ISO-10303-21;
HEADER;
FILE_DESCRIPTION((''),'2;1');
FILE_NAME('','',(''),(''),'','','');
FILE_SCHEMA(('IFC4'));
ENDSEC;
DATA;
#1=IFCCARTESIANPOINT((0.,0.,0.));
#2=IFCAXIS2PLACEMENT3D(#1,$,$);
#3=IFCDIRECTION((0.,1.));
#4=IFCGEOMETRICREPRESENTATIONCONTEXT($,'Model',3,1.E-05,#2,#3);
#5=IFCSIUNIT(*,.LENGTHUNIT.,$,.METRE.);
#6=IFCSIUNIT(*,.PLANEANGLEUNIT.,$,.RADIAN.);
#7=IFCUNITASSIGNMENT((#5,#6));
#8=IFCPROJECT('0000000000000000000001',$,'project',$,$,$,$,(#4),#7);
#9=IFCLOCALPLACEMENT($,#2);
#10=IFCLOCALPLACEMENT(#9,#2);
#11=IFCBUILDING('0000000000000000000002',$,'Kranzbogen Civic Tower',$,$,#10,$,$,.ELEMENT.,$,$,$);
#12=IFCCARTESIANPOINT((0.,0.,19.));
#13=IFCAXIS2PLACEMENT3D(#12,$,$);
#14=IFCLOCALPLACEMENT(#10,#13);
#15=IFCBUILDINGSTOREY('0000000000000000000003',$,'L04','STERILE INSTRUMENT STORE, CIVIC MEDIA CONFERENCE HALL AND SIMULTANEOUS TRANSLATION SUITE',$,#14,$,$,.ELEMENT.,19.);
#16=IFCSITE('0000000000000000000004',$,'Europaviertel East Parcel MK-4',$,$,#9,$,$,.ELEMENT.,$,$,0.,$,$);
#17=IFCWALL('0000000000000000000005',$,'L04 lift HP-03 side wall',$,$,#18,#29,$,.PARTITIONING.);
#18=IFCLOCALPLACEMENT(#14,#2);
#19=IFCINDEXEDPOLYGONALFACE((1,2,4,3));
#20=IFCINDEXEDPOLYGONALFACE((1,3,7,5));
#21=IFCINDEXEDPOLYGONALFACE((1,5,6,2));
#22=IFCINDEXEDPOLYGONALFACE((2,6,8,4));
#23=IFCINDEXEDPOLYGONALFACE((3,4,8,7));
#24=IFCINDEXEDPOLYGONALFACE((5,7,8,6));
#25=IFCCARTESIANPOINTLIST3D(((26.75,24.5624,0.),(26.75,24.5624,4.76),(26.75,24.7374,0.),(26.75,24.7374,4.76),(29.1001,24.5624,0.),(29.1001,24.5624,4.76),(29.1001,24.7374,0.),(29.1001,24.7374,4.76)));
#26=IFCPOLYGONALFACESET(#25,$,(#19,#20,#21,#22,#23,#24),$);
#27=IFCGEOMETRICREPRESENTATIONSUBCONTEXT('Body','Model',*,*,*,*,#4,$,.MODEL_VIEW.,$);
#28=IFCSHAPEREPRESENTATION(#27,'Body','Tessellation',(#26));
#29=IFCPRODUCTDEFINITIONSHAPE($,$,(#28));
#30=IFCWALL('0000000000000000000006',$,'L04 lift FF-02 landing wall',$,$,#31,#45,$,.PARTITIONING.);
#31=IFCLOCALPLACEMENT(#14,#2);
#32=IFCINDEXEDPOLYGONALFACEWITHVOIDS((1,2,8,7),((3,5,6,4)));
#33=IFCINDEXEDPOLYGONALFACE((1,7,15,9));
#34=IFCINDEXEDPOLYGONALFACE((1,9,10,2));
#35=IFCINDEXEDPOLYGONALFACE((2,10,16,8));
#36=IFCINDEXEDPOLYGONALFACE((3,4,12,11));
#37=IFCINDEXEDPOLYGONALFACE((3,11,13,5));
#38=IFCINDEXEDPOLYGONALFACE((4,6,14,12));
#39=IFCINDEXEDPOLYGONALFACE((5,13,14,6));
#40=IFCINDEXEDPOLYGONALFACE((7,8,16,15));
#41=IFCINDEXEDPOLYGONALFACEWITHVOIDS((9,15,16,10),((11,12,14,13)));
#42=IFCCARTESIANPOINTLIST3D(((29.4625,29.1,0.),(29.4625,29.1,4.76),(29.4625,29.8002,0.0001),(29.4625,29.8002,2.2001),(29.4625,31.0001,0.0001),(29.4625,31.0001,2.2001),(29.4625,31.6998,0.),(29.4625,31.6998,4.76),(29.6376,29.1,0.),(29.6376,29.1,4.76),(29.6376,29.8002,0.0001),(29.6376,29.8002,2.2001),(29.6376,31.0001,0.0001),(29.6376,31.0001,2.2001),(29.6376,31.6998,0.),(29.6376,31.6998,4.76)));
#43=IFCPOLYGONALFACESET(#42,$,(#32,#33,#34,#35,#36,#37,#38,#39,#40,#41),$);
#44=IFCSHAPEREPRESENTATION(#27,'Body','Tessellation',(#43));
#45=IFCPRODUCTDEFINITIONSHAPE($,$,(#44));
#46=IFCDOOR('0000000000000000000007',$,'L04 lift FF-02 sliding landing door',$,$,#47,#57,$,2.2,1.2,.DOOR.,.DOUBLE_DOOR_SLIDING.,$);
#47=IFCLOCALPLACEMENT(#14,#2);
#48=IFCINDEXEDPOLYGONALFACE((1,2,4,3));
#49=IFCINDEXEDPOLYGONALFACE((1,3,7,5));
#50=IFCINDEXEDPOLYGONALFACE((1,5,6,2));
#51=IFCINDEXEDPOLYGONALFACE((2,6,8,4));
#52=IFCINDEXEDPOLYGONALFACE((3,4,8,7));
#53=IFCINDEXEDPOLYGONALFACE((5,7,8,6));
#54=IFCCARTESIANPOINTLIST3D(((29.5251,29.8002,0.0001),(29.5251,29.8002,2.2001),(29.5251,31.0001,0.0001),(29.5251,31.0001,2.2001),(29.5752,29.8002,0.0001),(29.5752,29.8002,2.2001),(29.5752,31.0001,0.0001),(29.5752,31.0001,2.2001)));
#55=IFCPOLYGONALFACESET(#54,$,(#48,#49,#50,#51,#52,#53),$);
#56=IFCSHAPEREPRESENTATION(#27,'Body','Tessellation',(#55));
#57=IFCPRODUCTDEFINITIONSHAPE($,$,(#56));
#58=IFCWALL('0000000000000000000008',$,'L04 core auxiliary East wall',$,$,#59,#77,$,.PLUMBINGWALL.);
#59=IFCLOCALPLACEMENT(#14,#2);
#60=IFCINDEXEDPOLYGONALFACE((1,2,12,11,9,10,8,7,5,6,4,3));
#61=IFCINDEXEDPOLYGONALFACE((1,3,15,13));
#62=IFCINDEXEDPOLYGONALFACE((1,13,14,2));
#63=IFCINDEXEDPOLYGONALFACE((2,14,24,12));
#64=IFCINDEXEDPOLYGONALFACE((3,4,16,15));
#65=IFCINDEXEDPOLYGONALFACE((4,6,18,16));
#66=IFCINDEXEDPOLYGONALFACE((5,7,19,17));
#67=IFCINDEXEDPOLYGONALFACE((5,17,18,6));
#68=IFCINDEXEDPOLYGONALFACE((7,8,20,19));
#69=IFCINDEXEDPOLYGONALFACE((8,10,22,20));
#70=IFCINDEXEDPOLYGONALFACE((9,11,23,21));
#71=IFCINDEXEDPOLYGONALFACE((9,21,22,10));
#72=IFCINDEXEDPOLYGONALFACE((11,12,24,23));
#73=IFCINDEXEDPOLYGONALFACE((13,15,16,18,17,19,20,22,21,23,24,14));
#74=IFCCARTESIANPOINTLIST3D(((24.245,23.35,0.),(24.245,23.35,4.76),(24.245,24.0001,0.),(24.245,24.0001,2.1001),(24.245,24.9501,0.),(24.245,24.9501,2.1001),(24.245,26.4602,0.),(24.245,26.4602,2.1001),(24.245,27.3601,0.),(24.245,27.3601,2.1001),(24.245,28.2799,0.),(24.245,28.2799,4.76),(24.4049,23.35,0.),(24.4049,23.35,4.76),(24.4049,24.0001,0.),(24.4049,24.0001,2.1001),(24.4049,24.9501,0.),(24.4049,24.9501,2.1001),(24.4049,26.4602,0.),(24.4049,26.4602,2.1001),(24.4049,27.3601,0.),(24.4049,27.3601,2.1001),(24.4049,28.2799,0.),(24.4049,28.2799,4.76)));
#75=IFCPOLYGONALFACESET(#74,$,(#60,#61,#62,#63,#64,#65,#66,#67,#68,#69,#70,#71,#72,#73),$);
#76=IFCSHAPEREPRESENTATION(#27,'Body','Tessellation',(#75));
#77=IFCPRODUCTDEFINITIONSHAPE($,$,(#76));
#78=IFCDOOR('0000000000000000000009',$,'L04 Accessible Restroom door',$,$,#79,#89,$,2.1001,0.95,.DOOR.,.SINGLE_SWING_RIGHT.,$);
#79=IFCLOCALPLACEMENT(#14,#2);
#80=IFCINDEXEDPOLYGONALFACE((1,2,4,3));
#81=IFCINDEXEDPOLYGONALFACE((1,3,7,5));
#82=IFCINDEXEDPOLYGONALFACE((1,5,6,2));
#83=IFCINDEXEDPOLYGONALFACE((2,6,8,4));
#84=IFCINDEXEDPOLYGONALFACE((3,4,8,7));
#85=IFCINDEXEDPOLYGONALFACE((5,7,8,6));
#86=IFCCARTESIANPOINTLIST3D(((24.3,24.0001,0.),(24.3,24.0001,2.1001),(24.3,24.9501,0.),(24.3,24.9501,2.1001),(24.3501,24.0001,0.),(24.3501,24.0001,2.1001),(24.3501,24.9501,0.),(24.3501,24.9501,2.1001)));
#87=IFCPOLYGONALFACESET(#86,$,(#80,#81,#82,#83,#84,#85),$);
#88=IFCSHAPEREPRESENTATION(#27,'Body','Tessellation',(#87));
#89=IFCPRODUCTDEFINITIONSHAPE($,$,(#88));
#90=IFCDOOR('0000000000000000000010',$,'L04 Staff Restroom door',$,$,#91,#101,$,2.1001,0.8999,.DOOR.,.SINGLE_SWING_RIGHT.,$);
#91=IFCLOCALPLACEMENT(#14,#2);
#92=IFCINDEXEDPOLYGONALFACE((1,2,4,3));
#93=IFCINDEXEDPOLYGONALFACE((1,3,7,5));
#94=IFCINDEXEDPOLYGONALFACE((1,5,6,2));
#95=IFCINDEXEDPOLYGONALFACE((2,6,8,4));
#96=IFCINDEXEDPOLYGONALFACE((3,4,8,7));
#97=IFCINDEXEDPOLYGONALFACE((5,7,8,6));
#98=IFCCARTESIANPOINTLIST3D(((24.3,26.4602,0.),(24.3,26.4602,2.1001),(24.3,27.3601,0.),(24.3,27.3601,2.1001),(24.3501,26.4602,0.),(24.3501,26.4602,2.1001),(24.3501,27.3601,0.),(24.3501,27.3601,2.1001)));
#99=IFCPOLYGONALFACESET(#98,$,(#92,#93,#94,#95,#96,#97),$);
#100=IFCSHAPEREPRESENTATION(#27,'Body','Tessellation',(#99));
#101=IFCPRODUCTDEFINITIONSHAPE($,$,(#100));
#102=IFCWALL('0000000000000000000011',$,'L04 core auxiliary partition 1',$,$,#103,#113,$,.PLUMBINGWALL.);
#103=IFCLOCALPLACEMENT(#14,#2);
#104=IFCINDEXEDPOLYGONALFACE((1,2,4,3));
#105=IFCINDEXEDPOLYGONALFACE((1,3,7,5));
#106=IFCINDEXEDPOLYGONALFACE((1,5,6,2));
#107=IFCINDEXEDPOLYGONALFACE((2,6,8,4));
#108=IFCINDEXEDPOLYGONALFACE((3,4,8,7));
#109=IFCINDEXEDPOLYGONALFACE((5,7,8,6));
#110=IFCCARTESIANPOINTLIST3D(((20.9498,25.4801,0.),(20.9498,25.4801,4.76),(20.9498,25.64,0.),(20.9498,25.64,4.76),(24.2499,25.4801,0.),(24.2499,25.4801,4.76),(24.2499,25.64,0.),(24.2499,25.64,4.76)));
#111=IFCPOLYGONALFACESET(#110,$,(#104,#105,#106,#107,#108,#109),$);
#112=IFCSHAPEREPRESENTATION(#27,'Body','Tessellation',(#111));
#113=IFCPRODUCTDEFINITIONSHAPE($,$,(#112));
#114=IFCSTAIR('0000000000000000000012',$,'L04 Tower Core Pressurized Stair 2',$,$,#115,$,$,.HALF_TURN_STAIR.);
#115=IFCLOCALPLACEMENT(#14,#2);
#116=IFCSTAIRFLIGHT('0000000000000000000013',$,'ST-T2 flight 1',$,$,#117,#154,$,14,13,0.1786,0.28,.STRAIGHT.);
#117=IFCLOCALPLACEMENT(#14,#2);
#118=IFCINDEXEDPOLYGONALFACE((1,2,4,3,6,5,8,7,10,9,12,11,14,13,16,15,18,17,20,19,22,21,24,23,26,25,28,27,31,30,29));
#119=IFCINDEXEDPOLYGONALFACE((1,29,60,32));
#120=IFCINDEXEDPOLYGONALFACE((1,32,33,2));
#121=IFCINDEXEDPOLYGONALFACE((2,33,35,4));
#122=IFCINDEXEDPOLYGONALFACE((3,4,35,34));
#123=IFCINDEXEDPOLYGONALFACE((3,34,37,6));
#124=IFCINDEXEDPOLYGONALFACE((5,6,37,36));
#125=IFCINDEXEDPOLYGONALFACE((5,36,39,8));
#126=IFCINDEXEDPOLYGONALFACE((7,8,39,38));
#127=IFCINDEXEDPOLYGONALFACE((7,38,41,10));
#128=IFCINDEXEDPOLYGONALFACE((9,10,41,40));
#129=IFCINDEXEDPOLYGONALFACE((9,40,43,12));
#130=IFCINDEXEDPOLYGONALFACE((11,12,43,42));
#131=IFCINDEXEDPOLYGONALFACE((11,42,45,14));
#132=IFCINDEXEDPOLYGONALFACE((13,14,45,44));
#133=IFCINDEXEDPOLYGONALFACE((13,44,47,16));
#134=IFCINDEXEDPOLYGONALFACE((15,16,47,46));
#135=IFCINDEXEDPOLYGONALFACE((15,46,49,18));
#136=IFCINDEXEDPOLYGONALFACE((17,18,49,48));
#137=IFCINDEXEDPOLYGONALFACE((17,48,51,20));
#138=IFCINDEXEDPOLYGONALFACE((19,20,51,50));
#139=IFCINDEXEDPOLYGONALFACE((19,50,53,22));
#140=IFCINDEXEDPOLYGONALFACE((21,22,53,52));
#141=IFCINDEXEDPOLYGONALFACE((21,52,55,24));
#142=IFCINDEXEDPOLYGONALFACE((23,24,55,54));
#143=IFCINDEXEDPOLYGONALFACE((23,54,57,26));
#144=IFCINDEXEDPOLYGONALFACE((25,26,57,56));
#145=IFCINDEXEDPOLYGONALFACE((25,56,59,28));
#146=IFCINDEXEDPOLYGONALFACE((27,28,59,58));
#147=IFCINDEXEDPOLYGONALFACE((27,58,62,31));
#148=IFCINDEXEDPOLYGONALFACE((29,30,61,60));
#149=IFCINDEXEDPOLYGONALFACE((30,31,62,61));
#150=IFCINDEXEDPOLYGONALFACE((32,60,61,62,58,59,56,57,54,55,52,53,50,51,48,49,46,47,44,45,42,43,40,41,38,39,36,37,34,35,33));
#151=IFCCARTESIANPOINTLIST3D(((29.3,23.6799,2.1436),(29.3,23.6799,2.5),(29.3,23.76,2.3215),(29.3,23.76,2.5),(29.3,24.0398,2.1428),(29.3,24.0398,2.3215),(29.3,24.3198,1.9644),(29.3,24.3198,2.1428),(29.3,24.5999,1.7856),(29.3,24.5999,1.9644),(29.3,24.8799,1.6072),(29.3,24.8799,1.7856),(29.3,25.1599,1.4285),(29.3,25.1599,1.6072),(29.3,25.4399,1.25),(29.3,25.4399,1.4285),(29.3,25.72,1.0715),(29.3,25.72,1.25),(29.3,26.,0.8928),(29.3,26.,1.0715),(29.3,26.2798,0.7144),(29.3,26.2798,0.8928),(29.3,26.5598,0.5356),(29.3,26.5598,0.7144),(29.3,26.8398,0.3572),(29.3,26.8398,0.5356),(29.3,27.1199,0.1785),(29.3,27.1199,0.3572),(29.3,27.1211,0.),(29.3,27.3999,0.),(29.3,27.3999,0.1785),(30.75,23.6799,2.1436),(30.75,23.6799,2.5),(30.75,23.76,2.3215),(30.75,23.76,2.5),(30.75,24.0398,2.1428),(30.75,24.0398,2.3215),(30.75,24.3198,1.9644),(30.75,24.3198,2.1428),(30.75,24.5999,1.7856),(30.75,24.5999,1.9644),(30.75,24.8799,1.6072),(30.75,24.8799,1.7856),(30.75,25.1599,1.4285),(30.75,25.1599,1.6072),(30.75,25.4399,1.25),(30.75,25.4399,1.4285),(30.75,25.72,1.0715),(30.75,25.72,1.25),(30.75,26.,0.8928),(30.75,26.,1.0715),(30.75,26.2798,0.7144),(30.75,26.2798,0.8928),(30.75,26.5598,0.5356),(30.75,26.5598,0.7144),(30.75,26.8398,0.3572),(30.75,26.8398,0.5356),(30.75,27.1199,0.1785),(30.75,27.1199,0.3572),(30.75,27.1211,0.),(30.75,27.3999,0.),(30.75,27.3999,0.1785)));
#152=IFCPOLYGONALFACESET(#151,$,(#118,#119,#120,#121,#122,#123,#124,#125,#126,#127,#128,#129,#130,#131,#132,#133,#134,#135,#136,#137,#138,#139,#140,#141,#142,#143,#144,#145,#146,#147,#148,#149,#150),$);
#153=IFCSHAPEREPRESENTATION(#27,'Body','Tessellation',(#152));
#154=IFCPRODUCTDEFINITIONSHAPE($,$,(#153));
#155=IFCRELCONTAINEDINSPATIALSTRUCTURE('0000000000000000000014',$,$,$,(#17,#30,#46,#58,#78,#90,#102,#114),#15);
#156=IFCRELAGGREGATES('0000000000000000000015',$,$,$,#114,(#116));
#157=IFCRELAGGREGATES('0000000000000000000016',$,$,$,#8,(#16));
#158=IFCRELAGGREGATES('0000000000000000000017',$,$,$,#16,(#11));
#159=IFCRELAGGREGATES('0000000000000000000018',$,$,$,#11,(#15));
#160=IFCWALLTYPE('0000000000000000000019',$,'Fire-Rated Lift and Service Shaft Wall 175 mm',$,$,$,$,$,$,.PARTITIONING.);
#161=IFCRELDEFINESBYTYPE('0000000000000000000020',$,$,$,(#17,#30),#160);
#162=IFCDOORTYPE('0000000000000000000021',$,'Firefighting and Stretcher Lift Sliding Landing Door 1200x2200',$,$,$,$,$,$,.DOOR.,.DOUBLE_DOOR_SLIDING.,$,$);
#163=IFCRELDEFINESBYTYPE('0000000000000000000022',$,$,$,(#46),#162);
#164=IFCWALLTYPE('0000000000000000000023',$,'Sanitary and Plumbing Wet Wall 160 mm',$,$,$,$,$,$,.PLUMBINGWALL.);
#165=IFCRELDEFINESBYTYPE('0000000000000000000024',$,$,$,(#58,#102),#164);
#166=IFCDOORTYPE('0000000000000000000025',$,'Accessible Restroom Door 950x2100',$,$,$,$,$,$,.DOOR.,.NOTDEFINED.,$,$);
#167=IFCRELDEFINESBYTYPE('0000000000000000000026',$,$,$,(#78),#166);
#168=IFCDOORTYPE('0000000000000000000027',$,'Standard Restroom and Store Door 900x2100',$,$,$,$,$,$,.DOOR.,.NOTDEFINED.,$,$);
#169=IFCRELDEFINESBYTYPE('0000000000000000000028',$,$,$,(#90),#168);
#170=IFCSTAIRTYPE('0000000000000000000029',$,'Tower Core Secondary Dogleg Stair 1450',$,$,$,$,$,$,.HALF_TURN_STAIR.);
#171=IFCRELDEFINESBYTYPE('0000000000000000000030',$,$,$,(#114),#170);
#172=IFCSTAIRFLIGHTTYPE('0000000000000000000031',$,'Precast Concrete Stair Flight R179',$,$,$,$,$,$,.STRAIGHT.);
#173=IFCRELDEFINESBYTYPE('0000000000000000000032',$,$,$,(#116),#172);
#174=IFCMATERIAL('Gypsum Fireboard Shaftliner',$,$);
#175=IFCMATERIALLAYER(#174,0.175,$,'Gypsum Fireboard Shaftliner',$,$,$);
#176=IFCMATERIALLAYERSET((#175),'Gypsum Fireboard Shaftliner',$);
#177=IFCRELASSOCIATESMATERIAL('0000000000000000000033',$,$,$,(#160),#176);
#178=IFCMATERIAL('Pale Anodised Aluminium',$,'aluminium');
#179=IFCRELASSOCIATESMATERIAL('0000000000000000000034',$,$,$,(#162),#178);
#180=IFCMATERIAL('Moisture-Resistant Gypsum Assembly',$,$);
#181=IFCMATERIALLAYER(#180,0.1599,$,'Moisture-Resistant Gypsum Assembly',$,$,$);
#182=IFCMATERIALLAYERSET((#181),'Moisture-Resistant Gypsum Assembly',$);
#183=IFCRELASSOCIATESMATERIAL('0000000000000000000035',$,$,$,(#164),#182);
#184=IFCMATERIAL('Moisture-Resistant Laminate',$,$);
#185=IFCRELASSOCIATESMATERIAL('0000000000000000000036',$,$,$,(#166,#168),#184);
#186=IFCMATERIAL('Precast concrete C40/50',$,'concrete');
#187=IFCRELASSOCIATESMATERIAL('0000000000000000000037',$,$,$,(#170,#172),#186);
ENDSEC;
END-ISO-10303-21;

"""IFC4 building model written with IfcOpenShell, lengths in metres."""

from ifc_helpers import new_model, si_unit, direction, frame, frame_2d, origin, place, context, subcontext, project, spatial, polyline, rectangle, outline, extrude, material, layer, layer_set, type_object, element, fill, aggregate, save


model = new_model("IFC4")

# Units and contexts
model_context = context("Model", 3, precision=1e-05, world=origin(), true_north=direction((0.0, 1.0)))
body_context = subcontext(model_context, "Body", "Model", "MODEL_VIEW")
ifc_project = project(units=[si_unit("LENGTHUNIT", "METRE"), si_unit("PLANEANGLEUNIT", "RADIAN")], contexts=[model_context])

# Site, building, storey
site_placement = place(None, origin())
site = spatial("IfcSite", under=ifc_project, at=site_placement, Name="Europaviertel East Parcel MK-4", CompositionType="ELEMENT", RefElevation=0.0)
building_placement = place(site_placement, origin())
building = spatial("IfcBuilding", under=site, at=building_placement, Name="Kranzbogen Civic Tower", CompositionType="ELEMENT")
storey_placement = place(building_placement, frame((0.0, 0.0, 19.0)))
storey = spatial("IfcBuildingStorey", under=building, at=storey_placement, Name="L04", Description="STERILE INSTRUMENT STORE, CIVIC MEDIA CONFERENCE HALL AND SIMULTANEOUS TRANSLATION SUITE", CompositionType="ELEMENT", Elevation=19.0)

# Wall
ifc_material_1 = material(Name="Gypsum Fireboard Shaftliner")
ifc_layer_1 = layer(ifc_material_1, 0.175, Name="Gypsum Fireboard Shaftliner")
ifc_layer_set_1 = layer_set([ifc_layer_1], Name="Gypsum Fireboard Shaftliner")
wall_type_1 = type_object("IfcWallType", Name="Fire-Rated Lift and Service Shaft Wall 175 mm", PredefinedType="PARTITIONING", material=ifc_layer_set_1)
wall_1_placement = place(storey_placement, frame((26.75, 24.6499, 0.0), z_axis=(0.0, 0.0, 1.0), x_axis=(1.0, 0.0, 0.0)))
element("IfcWall", 1, at=wall_1_placement, inside=storey, type_object=wall_type_1, Name="L04 lift HP-03 side wall", PredefinedType="PARTITIONING", context=body_context, shape_type="SweptSolid", body=[
    extrude(rectangle(XDim=2.3501, YDim=0.175, at=frame_2d((1.175, 0.0))), origin(), (0.0, 0.0, 1.0), 4.76),
])

# Wall, opening, door
wall_2_placement = place(storey_placement, frame((29.55, 29.1001, 0.0), z_axis=(0.0, 0.0, 1.0), x_axis=(0.0, 1.0, 0.0)))
wall_2 = element("IfcWall", 2, at=wall_2_placement, inside=storey, type_object=wall_type_1, Name="L04 lift FF-02 landing wall", PredefinedType="PARTITIONING", context=body_context, shape_type="SweptSolid", body=[
    extrude(rectangle(XDim=2.5999, YDim=0.175, at=frame_2d((1.2998, 0.0))), origin(), (0.0, 0.0, 1.0), 4.76),
])
opening_1_placement = place(wall_2_placement, frame((0.7, 0.0, 0.0)))
opening_1 = element("IfcOpeningElement", 3, at=opening_1_placement, cuts=wall_2, PredefinedType="OPENING", context=body_context, shape_type="SweptSolid", body=[
    extrude(rectangle(XDim=1.2, YDim=2.2, at=frame_2d((0.6001, 1.1001))), frame((0.0, 0.0977, 0.0), z_axis=(0.0, -1.0, 0.0), x_axis=(1.0, 0.0, 0.0)), (0.0, 0.0, 1.0), 0.1951),
])
ifc_material_2 = material(Name="Pale Anodised Aluminium", Category="aluminium")
door_type_1 = type_object("IfcDoorType", Name="Firefighting and Stretcher Lift Sliding Landing Door 1200x2200", OperationType="DOUBLE_DOOR_SLIDING", PredefinedType="DOOR", material=ifc_material_2)
door_1_placement = place(opening_1_placement, origin())
door_1 = element("IfcDoor", 4, at=door_1_placement, inside=storey, type_object=door_type_1, Name="L04 lift FF-02 sliding landing door", OperationType="DOUBLE_DOOR_SLIDING", OverallHeight=2.2, OverallWidth=1.2, PredefinedType="DOOR", context=body_context, shape_type="SweptSolid", body=[
    extrude(rectangle(XDim=1.2, YDim=2.2, at=frame_2d((0.6001, 1.1001))), frame((0.0, 0.0249, 0.0), z_axis=(0.0, -1.0, 0.0), x_axis=(1.0, 0.0, 0.0)), (0.0, 0.0, 1.0), 0.05),
])
fill(opening_1, door_1)

# Wall, openings, doors
ifc_material_3 = material(Name="Moisture-Resistant Gypsum Assembly")
ifc_layer_2 = layer(ifc_material_3, 0.1599, Name="Moisture-Resistant Gypsum Assembly")
ifc_layer_set_2 = layer_set([ifc_layer_2], Name="Moisture-Resistant Gypsum Assembly")
wall_type_2 = type_object("IfcWallType", Name="Sanitary and Plumbing Wet Wall 160 mm", PredefinedType="PLUMBINGWALL", material=ifc_layer_set_2)
wall_3_placement = place(storey_placement, frame((24.325, 23.3501, 0.0), z_axis=(0.0, 0.0, 1.0), x_axis=(0.0, 1.0, 0.0)))
wall_3 = element("IfcWall", 5, at=wall_3_placement, inside=storey, type_object=wall_type_2, Name="L04 core auxiliary East wall", PredefinedType="PLUMBINGWALL", context=body_context, shape_type="SweptSolid", body=[
    extrude(rectangle(XDim=4.9299, YDim=0.1599, at=frame_2d((2.4648, 0.0))), origin(), (0.0, 0.0, 1.0), 4.76),
])
opening_2_placement = place(wall_3_placement, frame((0.6499, 0.0, 0.0)))
opening_2 = element("IfcOpeningElement", 6, at=opening_2_placement, cuts=wall_3, PredefinedType="OPENING", context=body_context, shape_type="SweptSolid", body=[
    extrude(rectangle(XDim=0.95, YDim=2.1001, at=frame_2d((0.4751, 1.05))), frame((0.0, 0.0898, 0.0), z_axis=(0.0, -1.0, 0.0), x_axis=(1.0, 0.0, 0.0)), (0.0, 0.0, 1.0), 0.1799),
])
opening_3_placement = place(wall_3_placement, frame((3.1101, 0.0, 0.0)))
opening_3 = element("IfcOpeningElement", 7, at=opening_3_placement, cuts=wall_3, PredefinedType="OPENING", context=body_context, shape_type="SweptSolid", body=[
    extrude(rectangle(XDim=0.8999, YDim=2.1001, at=frame_2d((0.45, 1.05))), frame((0.0, 0.0898, 0.0), z_axis=(0.0, -1.0, 0.0), x_axis=(1.0, 0.0, 0.0)), (0.0, 0.0, 1.0), 0.1799),
])
ifc_material_4 = material(Name="Moisture-Resistant Laminate")
door_type_2 = type_object("IfcDoorType", Name="Accessible Restroom Door 950x2100", OperationType="NOTDEFINED", PredefinedType="DOOR", material=ifc_material_4)
door_2_placement = place(opening_2_placement, origin())
door_2 = element("IfcDoor", 8, at=door_2_placement, inside=storey, type_object=door_type_2, Name="L04 Accessible Restroom door", OperationType="SINGLE_SWING_RIGHT", OverallHeight=2.1001, OverallWidth=0.95, PredefinedType="DOOR", context=body_context, shape_type="SweptSolid", body=[
    extrude(rectangle(XDim=0.95, YDim=2.1001, at=frame_2d((0.4751, 1.05))), frame((0.0, 0.0249, 0.0), z_axis=(0.0, -1.0, 0.0), x_axis=(1.0, 0.0, 0.0)), (0.0, 0.0, 1.0), 0.05),
])
fill(opening_2, door_2)
door_type_3 = type_object("IfcDoorType", Name="Standard Restroom and Store Door 900x2100", OperationType="NOTDEFINED", PredefinedType="DOOR", material=ifc_material_4)
door_3_placement = place(opening_3_placement, origin())
door_3 = element("IfcDoor", 9, at=door_3_placement, inside=storey, type_object=door_type_3, Name="L04 Staff Restroom door", OperationType="SINGLE_SWING_RIGHT", OverallHeight=2.1001, OverallWidth=0.8999, PredefinedType="DOOR", context=body_context, shape_type="SweptSolid", body=[
    extrude(rectangle(XDim=0.8999, YDim=2.1001, at=frame_2d((0.45, 1.05))), frame((0.0, 0.0249, 0.0), z_axis=(0.0, -1.0, 0.0), x_axis=(1.0, 0.0, 0.0)), (0.0, 0.0, 1.0), 0.05),
])
fill(opening_3, door_3)

# Wall
wall_4_placement = place(storey_placement, frame((20.95, 25.5601, 0.0), z_axis=(0.0, 0.0, 1.0), x_axis=(1.0, 0.0, 0.0)))
element("IfcWall", 10, at=wall_4_placement, inside=storey, type_object=wall_type_2, Name="L04 core auxiliary partition 1", PredefinedType="PLUMBINGWALL", context=body_context, shape_type="SweptSolid", body=[
    extrude(rectangle(XDim=3.3, YDim=0.1599, at=frame_2d((1.6499, 0.0))), origin(), (0.0, 0.0, 1.0), 4.76),
])

# Stair, stair flight
ifc_material_5 = material(Name="Precast concrete C40/50", Category="concrete")
stair_type = type_object("IfcStairType", Name="Tower Core Secondary Dogleg Stair 1450", PredefinedType="HALF_TURN_STAIR", material=ifc_material_5)
stair_placement = place(storey_placement, origin())
stair = element("IfcStair", 11, at=stair_placement, inside=storey, type_object=stair_type, Name="L04 Tower Core Pressurized Stair 2", PredefinedType="HALF_TURN_STAIR")
stair_flight_type = type_object("IfcStairFlightType", Name="Precast Concrete Stair Flight R179", PredefinedType="STRAIGHT", material=ifc_material_5)
stair_flight_1_placement = place(storey_placement, frame((30.0249, 27.3999, 0.0), z_axis=(0.0, 0.0, 1.0), x_axis=(0.0, -1.0, 0.0)))
stair_flight_1 = element("IfcStairFlight", 12, at=stair_flight_1_placement, type_object=stair_flight_type, Name="ST-T2 flight 1", NumberOfRisers=14, NumberOfTreads=13, PredefinedType="STRAIGHT", RiserHeight=0.1786, TreadLength=0.28, context=body_context, shape_type="SweptSolid", body=[
    extrude(outline(polyline([(0.0, 0.0), (0.0, 0.1785), (0.28, 0.1785), (0.28, 0.3572), (0.5601, 0.3572), (0.5601, 0.5356), (0.8401, 0.5356), (0.8401, 0.7144), (1.1201, 0.7144), (1.1201, 0.8928), (1.3999, 0.8928), (1.3999, 1.0715), (1.6799, 1.0715), (1.6799, 1.25), (1.96, 1.25), (1.96, 1.4285), (2.24, 1.4285), (2.24, 1.6072), (2.52, 1.6072), (2.52, 1.7856), (2.8, 1.7856), (2.8, 1.9644), (3.0801, 1.9644), (3.0801, 2.1428), (3.3601, 2.1428), (3.3601, 2.3215), (3.6399, 2.3215), (3.6399, 2.5), (3.72, 2.5), (3.72, 2.1436), (0.2788, 0.0), (0.0, 0.0)])), frame((0.0, 0.7251, 0.0), z_axis=(0.0, -1.0, 0.0), x_axis=(1.0, 0.0, 0.0)), (0.0, 0.0, 1.0), 1.45),
])
aggregate(stair, [stair_flight_1])

save(model, "model.ifc")
